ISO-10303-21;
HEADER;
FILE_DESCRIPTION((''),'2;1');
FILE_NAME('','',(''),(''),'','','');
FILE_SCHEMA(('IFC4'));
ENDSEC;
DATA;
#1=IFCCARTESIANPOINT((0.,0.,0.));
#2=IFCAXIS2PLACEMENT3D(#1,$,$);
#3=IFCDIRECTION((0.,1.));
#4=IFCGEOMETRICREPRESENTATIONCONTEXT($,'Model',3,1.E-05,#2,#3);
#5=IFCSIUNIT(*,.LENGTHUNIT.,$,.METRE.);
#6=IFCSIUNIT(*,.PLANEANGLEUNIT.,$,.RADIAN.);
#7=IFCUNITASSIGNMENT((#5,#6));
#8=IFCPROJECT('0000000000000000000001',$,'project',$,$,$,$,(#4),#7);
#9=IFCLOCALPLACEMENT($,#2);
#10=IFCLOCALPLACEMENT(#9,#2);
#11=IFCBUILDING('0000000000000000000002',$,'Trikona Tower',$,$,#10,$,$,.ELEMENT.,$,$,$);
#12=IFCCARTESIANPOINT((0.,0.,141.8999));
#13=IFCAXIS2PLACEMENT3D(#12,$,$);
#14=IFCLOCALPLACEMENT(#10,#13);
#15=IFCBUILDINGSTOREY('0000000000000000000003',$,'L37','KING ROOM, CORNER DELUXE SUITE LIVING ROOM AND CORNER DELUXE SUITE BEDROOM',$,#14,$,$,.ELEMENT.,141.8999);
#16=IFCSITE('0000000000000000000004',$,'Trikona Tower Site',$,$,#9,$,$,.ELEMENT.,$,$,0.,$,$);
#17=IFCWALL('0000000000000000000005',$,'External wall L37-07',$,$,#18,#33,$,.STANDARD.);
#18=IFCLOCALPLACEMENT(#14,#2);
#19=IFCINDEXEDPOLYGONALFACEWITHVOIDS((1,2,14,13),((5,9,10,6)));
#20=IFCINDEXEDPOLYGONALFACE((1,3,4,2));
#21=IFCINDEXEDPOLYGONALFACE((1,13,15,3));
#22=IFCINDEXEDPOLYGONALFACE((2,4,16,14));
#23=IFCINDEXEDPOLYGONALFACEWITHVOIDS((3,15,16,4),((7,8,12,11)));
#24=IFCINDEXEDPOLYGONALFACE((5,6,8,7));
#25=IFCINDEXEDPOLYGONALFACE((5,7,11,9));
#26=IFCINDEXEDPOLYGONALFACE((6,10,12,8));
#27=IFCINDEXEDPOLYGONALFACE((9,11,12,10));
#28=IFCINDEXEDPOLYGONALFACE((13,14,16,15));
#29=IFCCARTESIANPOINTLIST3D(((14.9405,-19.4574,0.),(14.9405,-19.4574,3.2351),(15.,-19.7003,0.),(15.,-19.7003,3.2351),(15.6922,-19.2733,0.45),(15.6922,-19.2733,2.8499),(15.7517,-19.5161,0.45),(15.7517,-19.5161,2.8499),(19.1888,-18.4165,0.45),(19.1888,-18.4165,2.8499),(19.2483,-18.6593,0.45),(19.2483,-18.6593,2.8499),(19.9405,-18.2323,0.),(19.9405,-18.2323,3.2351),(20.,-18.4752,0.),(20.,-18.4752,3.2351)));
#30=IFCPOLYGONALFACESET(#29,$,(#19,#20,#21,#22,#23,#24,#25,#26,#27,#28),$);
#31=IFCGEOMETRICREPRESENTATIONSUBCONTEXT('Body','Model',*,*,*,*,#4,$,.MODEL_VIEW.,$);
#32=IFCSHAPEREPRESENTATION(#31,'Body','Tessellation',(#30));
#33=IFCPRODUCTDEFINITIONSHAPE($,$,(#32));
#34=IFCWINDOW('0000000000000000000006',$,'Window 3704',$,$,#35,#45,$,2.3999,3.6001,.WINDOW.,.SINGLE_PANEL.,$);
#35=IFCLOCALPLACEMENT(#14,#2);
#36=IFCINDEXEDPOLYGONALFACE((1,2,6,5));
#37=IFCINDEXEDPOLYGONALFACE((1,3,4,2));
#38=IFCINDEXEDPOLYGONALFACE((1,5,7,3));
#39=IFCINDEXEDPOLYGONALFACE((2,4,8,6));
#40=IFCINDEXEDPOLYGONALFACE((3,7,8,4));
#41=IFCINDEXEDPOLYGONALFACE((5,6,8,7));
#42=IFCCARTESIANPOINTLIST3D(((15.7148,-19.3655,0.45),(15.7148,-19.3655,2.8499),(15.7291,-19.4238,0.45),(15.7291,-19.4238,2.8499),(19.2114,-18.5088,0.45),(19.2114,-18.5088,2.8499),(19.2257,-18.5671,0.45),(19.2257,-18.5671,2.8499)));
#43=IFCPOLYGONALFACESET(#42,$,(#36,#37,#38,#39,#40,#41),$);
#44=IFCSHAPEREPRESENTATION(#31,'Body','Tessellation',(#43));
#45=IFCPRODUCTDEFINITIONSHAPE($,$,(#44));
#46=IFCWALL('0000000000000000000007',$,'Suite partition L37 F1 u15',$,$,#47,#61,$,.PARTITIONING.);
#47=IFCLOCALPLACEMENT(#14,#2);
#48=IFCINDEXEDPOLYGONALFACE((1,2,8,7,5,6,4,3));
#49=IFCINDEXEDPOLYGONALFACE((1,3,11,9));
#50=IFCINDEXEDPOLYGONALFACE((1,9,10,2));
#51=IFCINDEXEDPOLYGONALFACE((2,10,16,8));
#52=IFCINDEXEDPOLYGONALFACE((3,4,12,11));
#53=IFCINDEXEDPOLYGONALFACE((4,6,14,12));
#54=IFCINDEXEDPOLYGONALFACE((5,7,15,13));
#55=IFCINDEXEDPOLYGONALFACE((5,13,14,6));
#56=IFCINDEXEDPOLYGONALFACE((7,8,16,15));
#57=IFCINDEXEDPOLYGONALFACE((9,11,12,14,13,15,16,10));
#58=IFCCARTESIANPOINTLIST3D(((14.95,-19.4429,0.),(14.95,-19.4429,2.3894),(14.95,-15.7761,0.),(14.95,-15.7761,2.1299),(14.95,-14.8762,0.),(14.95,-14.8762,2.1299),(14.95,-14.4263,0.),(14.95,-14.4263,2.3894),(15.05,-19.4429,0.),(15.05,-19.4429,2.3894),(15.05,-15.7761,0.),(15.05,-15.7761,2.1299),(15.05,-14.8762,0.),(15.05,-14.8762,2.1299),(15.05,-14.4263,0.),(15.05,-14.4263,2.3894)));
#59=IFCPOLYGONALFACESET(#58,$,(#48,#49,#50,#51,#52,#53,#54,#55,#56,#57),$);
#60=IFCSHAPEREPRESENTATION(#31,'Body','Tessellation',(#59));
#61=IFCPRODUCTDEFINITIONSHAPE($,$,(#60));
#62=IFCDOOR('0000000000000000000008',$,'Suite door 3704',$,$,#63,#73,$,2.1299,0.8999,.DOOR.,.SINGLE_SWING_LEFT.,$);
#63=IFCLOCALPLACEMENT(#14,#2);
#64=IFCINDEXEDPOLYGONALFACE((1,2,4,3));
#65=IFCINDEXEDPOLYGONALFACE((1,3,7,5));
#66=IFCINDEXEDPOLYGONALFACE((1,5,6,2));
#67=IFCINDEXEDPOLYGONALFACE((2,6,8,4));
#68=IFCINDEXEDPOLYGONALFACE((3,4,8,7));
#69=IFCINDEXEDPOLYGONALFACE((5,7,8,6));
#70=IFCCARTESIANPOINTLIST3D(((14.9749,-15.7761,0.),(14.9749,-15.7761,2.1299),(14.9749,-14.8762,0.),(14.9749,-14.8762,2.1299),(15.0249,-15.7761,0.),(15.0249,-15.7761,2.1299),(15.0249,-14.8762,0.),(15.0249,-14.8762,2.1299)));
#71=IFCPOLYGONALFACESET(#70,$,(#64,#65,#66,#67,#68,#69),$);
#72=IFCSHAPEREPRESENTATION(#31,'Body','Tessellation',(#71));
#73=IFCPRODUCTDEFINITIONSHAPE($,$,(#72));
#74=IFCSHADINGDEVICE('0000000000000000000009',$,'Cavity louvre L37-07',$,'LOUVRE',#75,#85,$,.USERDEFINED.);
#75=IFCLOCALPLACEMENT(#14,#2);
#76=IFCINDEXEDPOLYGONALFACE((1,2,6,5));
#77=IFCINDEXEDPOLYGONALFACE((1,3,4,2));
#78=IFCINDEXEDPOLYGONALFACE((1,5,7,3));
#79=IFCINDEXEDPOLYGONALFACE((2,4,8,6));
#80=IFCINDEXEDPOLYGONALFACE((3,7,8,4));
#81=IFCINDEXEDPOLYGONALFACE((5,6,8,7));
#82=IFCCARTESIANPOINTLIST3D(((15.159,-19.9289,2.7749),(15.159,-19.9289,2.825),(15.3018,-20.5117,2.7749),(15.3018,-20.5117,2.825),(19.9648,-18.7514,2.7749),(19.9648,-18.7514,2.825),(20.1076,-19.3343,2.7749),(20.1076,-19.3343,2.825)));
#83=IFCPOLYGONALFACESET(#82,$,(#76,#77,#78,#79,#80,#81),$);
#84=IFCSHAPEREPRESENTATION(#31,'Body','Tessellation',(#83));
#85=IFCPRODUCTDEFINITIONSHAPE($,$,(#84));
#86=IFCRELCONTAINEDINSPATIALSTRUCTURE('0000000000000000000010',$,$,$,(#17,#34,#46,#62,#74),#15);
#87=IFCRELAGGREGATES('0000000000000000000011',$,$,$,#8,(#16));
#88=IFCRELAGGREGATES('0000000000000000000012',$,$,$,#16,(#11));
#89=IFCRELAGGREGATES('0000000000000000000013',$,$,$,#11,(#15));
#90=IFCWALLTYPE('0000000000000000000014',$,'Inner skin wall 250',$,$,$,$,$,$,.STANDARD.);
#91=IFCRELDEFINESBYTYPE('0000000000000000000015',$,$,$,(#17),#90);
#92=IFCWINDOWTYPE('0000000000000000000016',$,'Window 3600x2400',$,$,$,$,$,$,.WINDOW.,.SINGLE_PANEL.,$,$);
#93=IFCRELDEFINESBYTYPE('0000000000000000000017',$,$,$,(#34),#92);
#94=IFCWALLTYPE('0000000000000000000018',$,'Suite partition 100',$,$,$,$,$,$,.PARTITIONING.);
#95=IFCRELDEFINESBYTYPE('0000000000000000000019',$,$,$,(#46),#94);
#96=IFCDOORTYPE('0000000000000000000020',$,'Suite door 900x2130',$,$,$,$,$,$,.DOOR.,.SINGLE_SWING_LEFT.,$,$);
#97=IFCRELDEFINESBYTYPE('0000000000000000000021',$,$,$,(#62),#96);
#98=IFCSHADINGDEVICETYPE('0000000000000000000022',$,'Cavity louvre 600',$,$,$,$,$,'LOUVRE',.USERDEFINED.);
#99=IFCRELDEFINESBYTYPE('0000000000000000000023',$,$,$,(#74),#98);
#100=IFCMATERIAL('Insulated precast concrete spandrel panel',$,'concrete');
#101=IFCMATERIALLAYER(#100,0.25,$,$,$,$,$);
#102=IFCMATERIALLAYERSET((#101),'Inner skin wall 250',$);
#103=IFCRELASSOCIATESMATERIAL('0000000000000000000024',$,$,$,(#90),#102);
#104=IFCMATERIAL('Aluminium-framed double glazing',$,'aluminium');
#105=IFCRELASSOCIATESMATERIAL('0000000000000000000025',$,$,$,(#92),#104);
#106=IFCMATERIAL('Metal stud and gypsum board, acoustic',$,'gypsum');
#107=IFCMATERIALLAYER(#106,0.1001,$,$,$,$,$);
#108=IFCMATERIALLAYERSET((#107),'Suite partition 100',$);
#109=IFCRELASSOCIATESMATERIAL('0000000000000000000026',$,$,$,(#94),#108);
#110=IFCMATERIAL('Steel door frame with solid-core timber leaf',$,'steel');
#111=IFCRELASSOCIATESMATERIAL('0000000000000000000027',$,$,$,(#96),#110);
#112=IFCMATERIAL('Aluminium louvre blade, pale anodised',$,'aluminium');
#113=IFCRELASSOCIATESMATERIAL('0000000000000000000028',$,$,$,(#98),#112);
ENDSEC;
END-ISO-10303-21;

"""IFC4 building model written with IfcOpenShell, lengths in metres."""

from ifc_helpers import new_model, si_unit, direction, frame, frame_2d, origin, origin_2d, place, context, subcontext, project, spatial, rectangle, extrude, material, layer, layer_set, type_object, element, fill, save


model = new_model("IFC4")

# Units and contexts
model_context = context("Model", 3, precision=1e-05, world=origin(), true_north=direction((0.0, 1.0)))
body_context = subcontext(model_context, "Body", "Model", "MODEL_VIEW")
ifc_project = project(units=[si_unit("LENGTHUNIT", "METRE"), si_unit("PLANEANGLEUNIT", "RADIAN")], contexts=[model_context])

# Site, building, storey
site_placement = place(None, origin())
site = spatial("IfcSite", under=ifc_project, at=site_placement, Name="Trikona Tower Site", CompositionType="ELEMENT", RefElevation=0.0)
building_placement = place(site_placement, origin())
building = spatial("IfcBuilding", under=site, at=building_placement, Name="Trikona Tower", CompositionType="ELEMENT")
storey_placement = place(building_placement, frame((0.0, 0.0, 141.8999)))
storey = spatial("IfcBuildingStorey", under=building, at=storey_placement, Name="L37", Description="KING ROOM, CORNER DELUXE SUITE LIVING ROOM AND CORNER DELUXE SUITE BEDROOM", CompositionType="ELEMENT", Elevation=141.8999)

# Wall, opening, window
ifc_material_1 = material(Name="Insulated precast concrete spandrel panel", Category="concrete")
ifc_layer_1 = layer(ifc_material_1, 0.25)
ifc_layer_set_1 = layer_set([ifc_layer_1], Name="Inner skin wall 250")
wall_type_1 = type_object("IfcWallType", Name="Inner skin wall 250", PredefinedType="STANDARD", material=ifc_layer_set_1)
wall_1_placement = place(storey_placement, frame((14.9702, -19.5789, 0.0), z_axis=(0.0, 0.0, 1.0), x_axis=(0.97127, 0.23798, 0.0)))
wall_1 = element("IfcWall", 1, at=wall_1_placement, inside=storey, type_object=wall_type_1, Name="External wall L37-07", PredefinedType="STANDARD", context=body_context, shape_type="SweptSolid", body=[
    extrude(rectangle(XDim=5.1479, YDim=0.25, at=frame_2d((2.574, 0.0))), origin(), (0.0, 0.0, 1.0), 3.2351),
])
opening_1_placement = place(wall_1_placement, frame((0.7739, 0.0, 0.45)))
opening_1 = element("IfcOpeningElement", 2, at=opening_1_placement, cuts=wall_1, PredefinedType="OPENING", context=body_context, shape_type="SweptSolid", body=[
    extrude(rectangle(XDim=3.6001, YDim=2.3999, at=frame_2d((1.8, 1.2))), frame((0.0, 0.135, 0.0), z_axis=(0.0, -1.0, 0.0), x_axis=(1.0, 0.0, 0.0)), (0.0, 0.0, 1.0), 0.27),
])
ifc_material_2 = material(Name="Aluminium-framed double glazing", Category="aluminium")
window_type = type_object("IfcWindowType", Name="Window 3600x2400", PartitioningType="SINGLE_PANEL", PredefinedType="WINDOW", material=ifc_material_2)
window_placement = place(opening_1_placement, origin())
window = element("IfcWindow", 3, at=window_placement, inside=storey, type_object=window_type, Name="Window 3704", OverallHeight=2.3999, OverallWidth=3.6001, PartitioningType="SINGLE_PANEL", PredefinedType="WINDOW", context=body_context, shape_type="SweptSolid", body=[
    extrude(rectangle(XDim=3.6001, YDim=2.3999, at=frame_2d((1.8, 1.2))), frame((0.0, 0.03, 0.0), z_axis=(0.0, -1.0, 0.0), x_axis=(1.0, 0.0, 0.0)), (0.0, 0.0, 1.0), 0.0601),
])
fill(opening_1, window)

# Wall, opening, door
ifc_material_3 = material(Name="Metal stud and gypsum board, acoustic", Category="gypsum")
ifc_layer_2 = layer(ifc_material_3, 0.1001)
ifc_layer_set_2 = layer_set([ifc_layer_2], Name="Suite partition 100")
wall_type_2 = type_object("IfcWallType", Name="Suite partition 100", PredefinedType="PARTITIONING", material=ifc_layer_set_2)
wall_2_placement = place(storey_placement, frame((15.0, -14.4263, 0.0), z_axis=(0.0, 0.0, 1.0), x_axis=(0.0, -1.0, 0.0)))
wall_2 = element("IfcWall", 4, at=wall_2_placement, inside=storey, type_object=wall_type_2, Name="Suite partition L37 F1 u15", PredefinedType="PARTITIONING", context=body_context, shape_type="SweptSolid", body=[
    extrude(rectangle(XDim=5.0166, YDim=0.1001, at=frame_2d((2.5083, 0.0))), origin(), (0.0, 0.0, 1.0), 2.3894),
])
opening_2_placement = place(wall_2_placement, frame((0.45, 0.0, 0.0)))
opening_2 = element("IfcOpeningElement", 5, at=opening_2_placement, cuts=wall_2, PredefinedType="OPENING", context=body_context, shape_type="SweptSolid", body=[
    extrude(rectangle(XDim=0.8999, YDim=2.1299, at=frame_2d((0.45, 1.0649))), frame((0.0, 0.0601, 0.0), z_axis=(0.0, -1.0, 0.0), x_axis=(1.0, 0.0, 0.0)), (0.0, 0.0, 1.0), 0.1201),
])
ifc_material_4 = material(Name="Steel door frame with solid-core timber leaf", Category="steel")
door_type = type_object("IfcDoorType", Name="Suite door 900x2130", OperationType="SINGLE_SWING_LEFT", PredefinedType="DOOR", material=ifc_material_4)
door_placement = place(opening_2_placement, origin())
door = element("IfcDoor", 6, at=door_placement, inside=storey, type_object=door_type, Name="Suite door 3704", OperationType="SINGLE_SWING_LEFT", OverallHeight=2.1299, OverallWidth=0.8999, PredefinedType="DOOR", context=body_context, shape_type="SweptSolid", body=[
    extrude(rectangle(XDim=0.8999, YDim=2.1299, at=frame_2d((0.45, 1.0649))), frame((0.0, 0.0249, 0.0), z_axis=(0.0, -1.0, 0.0), x_axis=(1.0, 0.0, 0.0)), (0.0, 0.0, 1.0), 0.05),
])
fill(opening_2, door)

# Shading device
ifc_material_5 = material(Name="Aluminium louvre blade, pale anodised", Category="aluminium")
shading_device_type = type_object("IfcShadingDeviceType", Name="Cavity louvre 600", ElementType="LOUVRE", PredefinedType="USERDEFINED", material=ifc_material_5)
shading_device_placement = place(storey_placement, frame((17.6333, -19.6316, 2.7749), z_axis=(0.0, 0.0, 1.0), x_axis=(0.971274, 0.237962, 0.0)))
element("IfcShadingDevice", 7, at=shading_device_placement, inside=storey, type_object=shading_device_type, Name="Cavity louvre L37-07", ObjectType="LOUVRE", PredefinedType="USERDEFINED", context=body_context, shape_type="SweptSolid", body=[
    extrude(rectangle(XDim=4.948, YDim=0.6001, at=origin_2d()), origin(), (0.0, 0.0, 1.0), 0.05),
])

save(model, "model.ifc")
